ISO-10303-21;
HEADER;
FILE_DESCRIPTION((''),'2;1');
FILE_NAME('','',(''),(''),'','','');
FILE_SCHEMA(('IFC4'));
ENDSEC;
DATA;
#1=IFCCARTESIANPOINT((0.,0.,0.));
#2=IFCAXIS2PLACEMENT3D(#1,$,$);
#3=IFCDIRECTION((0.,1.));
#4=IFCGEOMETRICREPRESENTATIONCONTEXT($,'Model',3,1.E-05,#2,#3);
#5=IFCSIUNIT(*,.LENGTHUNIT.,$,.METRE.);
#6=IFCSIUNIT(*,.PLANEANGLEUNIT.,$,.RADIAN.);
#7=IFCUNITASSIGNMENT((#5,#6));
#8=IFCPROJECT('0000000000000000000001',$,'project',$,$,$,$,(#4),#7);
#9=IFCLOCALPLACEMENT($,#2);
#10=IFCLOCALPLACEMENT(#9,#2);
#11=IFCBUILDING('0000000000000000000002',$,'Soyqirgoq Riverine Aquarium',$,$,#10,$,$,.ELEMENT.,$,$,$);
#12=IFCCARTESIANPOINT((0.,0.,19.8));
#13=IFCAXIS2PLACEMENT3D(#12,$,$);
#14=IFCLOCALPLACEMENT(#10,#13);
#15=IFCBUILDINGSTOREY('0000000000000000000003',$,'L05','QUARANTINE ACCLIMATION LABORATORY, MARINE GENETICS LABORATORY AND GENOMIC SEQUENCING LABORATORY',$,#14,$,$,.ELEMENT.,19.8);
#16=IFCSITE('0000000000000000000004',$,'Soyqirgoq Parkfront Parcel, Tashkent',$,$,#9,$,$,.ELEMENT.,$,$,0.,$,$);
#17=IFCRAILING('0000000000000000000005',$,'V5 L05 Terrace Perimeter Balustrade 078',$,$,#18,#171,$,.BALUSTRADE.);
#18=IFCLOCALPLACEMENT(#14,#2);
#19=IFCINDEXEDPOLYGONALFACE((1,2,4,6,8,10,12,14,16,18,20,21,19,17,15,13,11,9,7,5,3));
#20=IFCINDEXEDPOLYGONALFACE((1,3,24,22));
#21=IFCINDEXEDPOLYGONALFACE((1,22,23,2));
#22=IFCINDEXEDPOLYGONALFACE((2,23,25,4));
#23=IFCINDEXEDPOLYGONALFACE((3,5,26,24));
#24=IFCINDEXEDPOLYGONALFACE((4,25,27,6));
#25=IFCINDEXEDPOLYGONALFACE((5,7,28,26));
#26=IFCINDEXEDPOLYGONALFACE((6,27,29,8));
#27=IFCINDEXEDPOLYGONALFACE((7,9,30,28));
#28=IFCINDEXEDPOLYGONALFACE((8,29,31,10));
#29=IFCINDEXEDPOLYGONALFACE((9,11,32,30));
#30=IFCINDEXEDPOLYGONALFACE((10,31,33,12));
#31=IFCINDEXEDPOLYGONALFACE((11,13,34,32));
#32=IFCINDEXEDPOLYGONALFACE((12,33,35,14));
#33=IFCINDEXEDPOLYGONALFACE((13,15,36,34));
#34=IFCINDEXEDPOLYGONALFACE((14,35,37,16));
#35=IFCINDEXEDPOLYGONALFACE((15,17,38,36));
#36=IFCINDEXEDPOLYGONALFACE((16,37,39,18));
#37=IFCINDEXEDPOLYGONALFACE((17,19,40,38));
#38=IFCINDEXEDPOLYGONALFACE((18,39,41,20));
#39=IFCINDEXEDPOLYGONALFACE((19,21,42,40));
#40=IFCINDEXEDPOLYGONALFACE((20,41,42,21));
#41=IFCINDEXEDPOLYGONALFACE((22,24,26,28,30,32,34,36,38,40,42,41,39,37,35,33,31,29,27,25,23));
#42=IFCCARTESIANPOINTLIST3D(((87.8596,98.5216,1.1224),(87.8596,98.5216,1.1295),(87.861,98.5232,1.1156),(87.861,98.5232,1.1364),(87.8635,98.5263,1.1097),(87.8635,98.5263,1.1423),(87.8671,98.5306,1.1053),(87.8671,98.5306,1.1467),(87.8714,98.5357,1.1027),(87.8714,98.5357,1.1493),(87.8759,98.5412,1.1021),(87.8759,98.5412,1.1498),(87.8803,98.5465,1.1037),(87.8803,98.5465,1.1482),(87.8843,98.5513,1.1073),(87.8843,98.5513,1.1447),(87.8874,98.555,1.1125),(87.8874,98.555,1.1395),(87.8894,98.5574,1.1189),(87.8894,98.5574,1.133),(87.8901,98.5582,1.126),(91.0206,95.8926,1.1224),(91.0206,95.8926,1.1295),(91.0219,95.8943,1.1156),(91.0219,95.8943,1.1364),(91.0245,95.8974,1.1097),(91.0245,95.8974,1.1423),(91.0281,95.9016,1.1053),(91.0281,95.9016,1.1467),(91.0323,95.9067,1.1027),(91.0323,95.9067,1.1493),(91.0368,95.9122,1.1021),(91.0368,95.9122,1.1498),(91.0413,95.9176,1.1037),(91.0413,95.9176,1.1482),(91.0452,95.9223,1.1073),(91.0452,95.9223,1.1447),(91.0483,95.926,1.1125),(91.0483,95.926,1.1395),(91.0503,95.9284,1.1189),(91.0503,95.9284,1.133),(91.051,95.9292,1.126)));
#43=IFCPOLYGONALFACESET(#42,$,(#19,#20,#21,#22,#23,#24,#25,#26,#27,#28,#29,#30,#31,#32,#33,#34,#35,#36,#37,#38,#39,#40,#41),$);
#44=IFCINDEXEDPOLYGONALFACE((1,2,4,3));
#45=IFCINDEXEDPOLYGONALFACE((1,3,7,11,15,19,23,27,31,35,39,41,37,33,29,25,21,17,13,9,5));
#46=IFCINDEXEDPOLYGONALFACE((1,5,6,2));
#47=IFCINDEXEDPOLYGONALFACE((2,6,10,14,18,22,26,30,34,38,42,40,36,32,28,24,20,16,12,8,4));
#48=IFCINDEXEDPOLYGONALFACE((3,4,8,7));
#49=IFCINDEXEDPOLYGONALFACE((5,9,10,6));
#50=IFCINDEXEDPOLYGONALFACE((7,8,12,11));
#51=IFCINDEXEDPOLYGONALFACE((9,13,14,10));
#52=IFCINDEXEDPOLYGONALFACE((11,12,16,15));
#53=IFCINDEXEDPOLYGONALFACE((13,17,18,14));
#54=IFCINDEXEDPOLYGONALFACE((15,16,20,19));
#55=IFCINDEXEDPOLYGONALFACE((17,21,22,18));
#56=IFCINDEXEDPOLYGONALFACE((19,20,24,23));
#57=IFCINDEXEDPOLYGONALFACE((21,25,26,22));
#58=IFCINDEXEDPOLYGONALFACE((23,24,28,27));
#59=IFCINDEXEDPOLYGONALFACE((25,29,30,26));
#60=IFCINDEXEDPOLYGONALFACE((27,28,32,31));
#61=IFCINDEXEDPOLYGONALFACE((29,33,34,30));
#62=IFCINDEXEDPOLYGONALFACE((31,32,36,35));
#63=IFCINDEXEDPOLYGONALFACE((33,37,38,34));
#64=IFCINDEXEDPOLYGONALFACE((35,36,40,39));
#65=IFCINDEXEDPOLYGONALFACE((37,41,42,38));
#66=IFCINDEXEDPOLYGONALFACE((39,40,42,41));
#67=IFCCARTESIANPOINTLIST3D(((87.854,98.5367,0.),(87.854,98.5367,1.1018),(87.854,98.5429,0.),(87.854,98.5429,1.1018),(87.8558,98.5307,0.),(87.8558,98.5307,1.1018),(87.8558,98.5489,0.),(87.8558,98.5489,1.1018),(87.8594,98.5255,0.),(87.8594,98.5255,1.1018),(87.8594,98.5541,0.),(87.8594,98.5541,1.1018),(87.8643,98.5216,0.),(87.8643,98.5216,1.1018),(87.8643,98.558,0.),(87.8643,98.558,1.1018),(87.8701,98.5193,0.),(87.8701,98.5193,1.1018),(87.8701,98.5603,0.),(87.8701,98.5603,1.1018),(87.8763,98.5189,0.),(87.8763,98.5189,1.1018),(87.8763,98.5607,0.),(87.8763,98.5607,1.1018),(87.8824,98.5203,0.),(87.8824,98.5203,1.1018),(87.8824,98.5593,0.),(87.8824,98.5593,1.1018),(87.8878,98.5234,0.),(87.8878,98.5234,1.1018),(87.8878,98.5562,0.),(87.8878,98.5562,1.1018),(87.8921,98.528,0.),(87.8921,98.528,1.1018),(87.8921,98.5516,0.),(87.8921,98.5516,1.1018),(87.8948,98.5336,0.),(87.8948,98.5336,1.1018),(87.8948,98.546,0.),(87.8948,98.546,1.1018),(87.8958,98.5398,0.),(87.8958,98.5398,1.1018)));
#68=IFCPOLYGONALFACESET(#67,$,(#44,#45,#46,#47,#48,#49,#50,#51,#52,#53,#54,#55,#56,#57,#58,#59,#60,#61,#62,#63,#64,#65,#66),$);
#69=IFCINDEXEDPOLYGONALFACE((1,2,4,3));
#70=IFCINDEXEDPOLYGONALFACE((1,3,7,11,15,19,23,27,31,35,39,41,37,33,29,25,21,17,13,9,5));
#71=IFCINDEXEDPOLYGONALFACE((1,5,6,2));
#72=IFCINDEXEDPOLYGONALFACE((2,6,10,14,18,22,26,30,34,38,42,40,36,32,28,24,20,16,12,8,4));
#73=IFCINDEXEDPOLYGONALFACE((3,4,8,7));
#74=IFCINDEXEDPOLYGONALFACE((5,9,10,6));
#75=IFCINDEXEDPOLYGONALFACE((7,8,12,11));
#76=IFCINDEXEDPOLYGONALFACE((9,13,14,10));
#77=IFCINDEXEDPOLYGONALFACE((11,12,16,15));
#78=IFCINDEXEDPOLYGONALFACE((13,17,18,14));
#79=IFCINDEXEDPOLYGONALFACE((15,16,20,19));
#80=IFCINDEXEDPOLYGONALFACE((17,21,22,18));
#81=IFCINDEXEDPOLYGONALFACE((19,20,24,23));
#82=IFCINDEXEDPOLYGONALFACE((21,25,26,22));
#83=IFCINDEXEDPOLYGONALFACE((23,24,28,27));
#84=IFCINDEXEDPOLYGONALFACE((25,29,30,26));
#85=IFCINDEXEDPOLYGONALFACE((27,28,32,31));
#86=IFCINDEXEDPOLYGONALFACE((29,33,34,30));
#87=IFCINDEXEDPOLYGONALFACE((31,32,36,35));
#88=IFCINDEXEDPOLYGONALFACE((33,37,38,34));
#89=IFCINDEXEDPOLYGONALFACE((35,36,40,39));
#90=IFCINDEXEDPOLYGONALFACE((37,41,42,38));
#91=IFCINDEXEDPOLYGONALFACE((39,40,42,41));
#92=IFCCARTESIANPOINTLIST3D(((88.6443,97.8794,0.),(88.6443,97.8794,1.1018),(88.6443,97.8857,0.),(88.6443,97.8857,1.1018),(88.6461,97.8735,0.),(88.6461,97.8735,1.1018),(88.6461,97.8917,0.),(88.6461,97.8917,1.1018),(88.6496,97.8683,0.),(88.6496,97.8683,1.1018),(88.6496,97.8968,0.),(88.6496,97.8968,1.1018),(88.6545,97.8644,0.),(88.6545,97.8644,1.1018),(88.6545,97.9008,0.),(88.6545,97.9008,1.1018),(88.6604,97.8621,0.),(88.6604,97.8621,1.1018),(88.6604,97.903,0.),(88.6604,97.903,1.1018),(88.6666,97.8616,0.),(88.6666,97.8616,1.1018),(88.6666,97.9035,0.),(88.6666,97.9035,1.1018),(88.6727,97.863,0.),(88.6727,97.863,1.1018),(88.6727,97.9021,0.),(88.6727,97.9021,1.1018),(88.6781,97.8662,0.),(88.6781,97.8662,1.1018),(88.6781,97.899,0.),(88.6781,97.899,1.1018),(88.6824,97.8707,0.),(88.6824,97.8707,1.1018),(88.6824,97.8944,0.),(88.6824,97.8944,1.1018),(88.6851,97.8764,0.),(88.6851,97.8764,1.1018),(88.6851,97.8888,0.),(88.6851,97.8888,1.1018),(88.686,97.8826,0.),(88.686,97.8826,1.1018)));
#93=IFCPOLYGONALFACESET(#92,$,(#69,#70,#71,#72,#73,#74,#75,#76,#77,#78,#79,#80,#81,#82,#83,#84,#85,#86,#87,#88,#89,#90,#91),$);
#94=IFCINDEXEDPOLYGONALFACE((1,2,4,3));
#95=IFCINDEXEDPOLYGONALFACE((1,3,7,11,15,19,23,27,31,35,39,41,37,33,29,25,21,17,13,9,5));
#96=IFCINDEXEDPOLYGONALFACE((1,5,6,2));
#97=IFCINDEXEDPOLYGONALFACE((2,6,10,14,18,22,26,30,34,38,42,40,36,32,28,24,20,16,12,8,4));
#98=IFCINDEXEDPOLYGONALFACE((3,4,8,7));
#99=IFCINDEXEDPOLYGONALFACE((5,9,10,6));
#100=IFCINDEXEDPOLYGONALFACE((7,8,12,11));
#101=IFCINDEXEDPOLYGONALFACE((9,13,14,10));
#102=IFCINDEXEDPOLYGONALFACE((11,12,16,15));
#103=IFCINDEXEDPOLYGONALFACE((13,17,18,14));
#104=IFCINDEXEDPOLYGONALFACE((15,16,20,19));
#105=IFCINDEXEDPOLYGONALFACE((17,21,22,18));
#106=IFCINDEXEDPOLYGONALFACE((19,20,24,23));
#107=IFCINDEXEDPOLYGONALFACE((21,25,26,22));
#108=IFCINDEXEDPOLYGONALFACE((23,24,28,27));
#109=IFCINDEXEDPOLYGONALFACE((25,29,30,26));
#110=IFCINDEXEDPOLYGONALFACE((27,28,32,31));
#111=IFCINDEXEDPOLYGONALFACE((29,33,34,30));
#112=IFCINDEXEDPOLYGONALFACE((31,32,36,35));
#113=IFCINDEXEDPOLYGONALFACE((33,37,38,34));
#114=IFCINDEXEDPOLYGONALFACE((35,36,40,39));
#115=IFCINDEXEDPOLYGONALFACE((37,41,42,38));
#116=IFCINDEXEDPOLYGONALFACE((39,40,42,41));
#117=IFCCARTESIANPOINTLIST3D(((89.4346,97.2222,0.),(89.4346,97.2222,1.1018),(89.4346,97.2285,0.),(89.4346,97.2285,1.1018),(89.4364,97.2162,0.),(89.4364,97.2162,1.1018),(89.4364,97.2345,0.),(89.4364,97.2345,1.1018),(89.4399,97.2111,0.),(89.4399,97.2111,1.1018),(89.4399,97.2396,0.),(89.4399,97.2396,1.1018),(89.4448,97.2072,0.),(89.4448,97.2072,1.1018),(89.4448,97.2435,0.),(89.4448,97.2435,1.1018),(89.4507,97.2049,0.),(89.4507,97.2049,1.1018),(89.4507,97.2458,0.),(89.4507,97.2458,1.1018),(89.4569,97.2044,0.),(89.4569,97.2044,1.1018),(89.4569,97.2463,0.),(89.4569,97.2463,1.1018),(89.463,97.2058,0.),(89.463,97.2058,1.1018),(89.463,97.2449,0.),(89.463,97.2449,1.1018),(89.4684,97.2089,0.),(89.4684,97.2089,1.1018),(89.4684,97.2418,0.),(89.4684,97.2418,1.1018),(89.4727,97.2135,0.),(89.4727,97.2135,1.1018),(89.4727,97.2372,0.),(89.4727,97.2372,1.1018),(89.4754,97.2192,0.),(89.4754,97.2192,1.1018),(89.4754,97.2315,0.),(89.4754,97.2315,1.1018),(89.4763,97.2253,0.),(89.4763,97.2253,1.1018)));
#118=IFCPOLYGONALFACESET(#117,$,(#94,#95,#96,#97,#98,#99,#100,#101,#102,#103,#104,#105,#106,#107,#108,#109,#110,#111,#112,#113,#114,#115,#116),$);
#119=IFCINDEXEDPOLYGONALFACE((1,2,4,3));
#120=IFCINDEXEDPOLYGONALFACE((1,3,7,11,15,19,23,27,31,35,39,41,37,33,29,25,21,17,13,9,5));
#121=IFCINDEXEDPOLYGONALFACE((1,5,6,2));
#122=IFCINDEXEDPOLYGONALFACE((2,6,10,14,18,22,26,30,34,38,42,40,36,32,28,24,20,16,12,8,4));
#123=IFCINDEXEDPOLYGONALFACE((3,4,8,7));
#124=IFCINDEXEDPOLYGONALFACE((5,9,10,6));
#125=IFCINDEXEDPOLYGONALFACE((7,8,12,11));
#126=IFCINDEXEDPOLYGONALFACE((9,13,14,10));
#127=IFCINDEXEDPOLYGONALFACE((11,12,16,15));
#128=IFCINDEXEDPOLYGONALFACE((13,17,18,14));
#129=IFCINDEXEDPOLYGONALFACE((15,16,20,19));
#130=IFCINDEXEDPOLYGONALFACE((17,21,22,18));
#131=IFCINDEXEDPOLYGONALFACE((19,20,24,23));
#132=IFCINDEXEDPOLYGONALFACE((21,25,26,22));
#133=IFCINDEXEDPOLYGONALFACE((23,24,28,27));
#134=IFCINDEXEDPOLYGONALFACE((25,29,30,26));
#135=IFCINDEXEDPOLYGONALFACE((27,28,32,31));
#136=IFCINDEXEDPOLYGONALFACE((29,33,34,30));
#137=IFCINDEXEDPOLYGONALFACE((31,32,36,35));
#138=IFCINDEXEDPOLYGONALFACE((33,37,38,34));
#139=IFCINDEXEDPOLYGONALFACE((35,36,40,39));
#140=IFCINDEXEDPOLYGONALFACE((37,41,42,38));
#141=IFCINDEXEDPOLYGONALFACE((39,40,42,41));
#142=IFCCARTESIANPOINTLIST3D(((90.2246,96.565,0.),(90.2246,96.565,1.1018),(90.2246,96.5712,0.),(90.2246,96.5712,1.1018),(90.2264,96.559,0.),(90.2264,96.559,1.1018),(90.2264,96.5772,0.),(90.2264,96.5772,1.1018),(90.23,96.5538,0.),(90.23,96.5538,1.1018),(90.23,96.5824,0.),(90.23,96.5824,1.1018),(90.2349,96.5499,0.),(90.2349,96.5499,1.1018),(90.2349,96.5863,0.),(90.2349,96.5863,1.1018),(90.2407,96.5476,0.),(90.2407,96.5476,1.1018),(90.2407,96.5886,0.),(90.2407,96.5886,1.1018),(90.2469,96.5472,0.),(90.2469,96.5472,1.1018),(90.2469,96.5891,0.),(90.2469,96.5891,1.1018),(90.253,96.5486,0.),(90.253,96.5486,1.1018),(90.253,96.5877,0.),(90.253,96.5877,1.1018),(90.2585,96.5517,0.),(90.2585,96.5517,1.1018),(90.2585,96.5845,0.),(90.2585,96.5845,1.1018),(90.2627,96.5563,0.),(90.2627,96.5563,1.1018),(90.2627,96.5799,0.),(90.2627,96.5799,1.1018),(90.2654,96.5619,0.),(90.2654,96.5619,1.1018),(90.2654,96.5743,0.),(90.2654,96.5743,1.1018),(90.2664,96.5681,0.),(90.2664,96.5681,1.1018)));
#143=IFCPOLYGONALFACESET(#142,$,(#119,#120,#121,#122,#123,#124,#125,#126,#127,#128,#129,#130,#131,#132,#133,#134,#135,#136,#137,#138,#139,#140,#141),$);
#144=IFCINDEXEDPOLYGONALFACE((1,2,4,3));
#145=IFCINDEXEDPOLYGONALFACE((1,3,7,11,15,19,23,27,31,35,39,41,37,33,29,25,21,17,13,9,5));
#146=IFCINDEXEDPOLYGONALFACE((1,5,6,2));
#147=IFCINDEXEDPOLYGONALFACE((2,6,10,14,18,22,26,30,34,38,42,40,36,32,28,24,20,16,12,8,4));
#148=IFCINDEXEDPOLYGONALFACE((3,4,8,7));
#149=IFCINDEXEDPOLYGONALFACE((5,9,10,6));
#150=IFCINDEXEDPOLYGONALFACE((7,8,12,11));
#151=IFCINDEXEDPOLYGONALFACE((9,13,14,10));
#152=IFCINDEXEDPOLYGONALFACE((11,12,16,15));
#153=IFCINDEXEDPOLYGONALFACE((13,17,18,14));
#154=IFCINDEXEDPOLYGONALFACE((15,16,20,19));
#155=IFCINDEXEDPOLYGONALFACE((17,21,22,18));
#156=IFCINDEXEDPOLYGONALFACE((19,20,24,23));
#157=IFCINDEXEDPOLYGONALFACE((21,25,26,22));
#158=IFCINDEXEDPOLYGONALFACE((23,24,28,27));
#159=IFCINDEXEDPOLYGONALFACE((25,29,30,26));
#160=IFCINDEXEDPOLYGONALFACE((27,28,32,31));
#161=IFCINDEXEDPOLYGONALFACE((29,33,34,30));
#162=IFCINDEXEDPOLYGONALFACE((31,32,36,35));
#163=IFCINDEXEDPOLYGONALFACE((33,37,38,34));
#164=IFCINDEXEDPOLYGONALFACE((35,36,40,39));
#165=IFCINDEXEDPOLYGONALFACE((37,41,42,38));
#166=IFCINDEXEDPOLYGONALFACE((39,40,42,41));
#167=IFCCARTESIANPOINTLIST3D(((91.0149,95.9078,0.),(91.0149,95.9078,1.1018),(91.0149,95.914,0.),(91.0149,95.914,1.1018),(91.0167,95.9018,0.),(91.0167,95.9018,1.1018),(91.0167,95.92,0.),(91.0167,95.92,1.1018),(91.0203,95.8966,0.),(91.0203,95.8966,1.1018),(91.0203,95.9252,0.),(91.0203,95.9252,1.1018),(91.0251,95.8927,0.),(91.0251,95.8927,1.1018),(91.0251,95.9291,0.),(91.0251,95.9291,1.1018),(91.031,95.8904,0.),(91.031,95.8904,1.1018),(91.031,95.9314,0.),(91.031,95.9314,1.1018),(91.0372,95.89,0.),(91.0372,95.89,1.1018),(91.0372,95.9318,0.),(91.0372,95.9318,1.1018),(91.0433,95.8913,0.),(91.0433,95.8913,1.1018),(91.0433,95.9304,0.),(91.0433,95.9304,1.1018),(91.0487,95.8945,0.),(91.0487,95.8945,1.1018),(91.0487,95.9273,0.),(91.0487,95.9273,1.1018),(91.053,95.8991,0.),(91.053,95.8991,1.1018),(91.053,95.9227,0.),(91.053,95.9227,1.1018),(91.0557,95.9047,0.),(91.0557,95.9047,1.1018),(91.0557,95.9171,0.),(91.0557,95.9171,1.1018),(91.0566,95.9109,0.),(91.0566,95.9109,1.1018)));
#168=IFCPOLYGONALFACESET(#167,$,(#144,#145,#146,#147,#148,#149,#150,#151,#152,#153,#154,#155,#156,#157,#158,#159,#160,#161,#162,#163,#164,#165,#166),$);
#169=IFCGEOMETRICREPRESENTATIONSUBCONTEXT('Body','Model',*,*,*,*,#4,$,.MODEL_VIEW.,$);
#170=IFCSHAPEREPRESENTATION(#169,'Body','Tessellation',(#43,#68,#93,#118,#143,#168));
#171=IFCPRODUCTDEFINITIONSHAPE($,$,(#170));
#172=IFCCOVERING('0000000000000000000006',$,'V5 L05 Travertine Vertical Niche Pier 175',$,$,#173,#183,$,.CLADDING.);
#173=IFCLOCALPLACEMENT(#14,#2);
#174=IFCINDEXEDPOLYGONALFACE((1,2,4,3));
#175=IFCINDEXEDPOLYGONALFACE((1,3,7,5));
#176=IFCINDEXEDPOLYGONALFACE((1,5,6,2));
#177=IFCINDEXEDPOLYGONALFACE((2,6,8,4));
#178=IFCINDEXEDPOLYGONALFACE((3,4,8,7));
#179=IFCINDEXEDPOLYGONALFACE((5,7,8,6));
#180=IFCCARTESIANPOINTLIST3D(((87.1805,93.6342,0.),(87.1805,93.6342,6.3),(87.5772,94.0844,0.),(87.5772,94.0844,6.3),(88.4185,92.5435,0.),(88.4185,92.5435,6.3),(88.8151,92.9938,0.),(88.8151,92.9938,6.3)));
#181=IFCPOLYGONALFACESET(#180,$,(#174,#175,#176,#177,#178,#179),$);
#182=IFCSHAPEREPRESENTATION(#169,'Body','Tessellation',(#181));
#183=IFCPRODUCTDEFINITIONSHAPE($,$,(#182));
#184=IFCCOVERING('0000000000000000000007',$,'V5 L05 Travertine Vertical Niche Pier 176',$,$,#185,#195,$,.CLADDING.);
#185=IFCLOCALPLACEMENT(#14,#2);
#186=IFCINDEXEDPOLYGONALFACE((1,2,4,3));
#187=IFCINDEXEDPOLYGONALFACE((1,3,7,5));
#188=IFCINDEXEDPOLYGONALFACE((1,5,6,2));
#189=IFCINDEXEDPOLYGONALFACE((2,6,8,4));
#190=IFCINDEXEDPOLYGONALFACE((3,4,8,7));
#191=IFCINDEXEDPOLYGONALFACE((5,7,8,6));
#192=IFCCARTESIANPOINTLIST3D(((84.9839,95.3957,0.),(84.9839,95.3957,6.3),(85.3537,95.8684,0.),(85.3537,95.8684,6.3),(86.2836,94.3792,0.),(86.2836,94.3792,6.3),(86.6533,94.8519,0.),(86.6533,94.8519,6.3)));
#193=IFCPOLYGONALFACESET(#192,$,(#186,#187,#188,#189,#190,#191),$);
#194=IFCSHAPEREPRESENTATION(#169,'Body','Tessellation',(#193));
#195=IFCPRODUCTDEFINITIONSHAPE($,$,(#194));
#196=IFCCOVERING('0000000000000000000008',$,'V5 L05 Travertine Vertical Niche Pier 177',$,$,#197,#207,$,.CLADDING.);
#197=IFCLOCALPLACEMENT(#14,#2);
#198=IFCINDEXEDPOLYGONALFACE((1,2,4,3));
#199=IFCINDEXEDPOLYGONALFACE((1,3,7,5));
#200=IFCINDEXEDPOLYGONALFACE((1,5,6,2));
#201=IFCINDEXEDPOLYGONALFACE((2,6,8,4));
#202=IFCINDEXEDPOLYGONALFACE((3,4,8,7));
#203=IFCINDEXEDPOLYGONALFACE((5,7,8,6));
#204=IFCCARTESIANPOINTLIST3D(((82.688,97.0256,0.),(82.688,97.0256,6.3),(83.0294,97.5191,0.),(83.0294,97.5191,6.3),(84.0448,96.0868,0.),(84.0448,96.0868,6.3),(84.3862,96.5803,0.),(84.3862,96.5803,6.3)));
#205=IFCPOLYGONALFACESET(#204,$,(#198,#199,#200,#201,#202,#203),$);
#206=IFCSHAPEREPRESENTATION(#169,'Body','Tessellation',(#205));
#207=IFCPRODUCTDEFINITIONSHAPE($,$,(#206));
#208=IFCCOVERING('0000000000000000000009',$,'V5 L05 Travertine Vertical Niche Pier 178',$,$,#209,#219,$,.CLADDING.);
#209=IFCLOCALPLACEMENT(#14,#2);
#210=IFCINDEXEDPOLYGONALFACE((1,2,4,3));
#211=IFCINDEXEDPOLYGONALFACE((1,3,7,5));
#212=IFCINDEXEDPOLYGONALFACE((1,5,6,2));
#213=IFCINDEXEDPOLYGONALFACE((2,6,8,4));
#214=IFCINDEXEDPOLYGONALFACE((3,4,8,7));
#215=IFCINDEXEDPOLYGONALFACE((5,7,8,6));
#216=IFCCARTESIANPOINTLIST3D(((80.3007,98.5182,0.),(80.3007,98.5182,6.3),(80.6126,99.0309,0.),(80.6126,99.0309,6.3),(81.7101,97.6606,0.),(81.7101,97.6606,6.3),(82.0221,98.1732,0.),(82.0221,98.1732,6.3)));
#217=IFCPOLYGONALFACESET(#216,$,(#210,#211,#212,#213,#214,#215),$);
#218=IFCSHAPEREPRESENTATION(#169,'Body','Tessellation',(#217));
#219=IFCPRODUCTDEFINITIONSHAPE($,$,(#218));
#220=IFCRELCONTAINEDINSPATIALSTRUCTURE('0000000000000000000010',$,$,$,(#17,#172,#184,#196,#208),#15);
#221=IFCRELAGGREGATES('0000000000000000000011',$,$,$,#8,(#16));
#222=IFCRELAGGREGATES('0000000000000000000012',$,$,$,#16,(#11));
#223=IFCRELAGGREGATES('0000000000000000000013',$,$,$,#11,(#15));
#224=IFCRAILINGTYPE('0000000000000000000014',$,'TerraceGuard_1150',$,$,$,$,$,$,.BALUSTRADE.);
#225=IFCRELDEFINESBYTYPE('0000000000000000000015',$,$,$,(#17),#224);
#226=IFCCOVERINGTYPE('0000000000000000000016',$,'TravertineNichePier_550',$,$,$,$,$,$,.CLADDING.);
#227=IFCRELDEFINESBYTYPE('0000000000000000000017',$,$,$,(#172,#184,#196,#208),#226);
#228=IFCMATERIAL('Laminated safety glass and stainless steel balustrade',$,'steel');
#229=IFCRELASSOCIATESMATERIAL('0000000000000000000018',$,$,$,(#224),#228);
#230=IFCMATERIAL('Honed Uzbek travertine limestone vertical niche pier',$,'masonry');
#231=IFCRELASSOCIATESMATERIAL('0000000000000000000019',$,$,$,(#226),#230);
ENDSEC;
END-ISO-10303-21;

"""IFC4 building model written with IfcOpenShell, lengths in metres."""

from ifc_helpers import new_model, si_unit, direction, frame, origin, origin_2d, place, context, subcontext, project, spatial, rectangle, circle, extrude, material, type_object, element, save


model = new_model("IFC4")

# Units and contexts
model_context = context("Model", 3, precision=1e-05, world=origin(), true_north=direction((0.0, 1.0)))
body_context = subcontext(model_context, "Body", "Model", "MODEL_VIEW")
ifc_project = project(units=[si_unit("LENGTHUNIT", "METRE"), si_unit("PLANEANGLEUNIT", "RADIAN")], contexts=[model_context])

# Site, building, storey
site_placement = place(None, origin())
site = spatial("IfcSite", under=ifc_project, at=site_placement, Name="Soyqirgoq Parkfront Parcel, Tashkent", CompositionType="ELEMENT", RefElevation=0.0)
building_placement = place(site_placement, origin())
building = spatial("IfcBuilding", under=site, at=building_placement, Name="Soyqirgoq Riverine Aquarium", CompositionType="ELEMENT")
storey_placement = place(building_placement, frame((0.0, 0.0, 19.8)))
storey = spatial("IfcBuildingStorey", under=building, at=storey_placement, Name="L05", Description="QUARANTINE ACCLIMATION LABORATORY, MARINE GENETICS LABORATORY AND GENOMIC SEQUENCING LABORATORY", CompositionType="ELEMENT", Elevation=19.8)

# Railing
ifc_material_1 = material(Name="Laminated safety glass and stainless steel balustrade", Category="steel")
railing_type = type_object("IfcRailingType", Name="TerraceGuard_1150", PredefinedType="BALUSTRADE", material=ifc_material_1)
railing_1_placement = place(storey_placement, frame((87.8748, 98.5398, 0.0)))
element("IfcRailing", 1, at=railing_1_placement, inside=storey, type_object=railing_type, Name="V5 L05 Terrace Perimeter Balustrade 078", PredefinedType="BALUSTRADE", context=body_context, shape_type="SweptSolid", body=[
    extrude(circle(Radius=0.0239, at=origin_2d()), frame((0.0, 0.0, 1.126), z_axis=(0.768839, -0.639442, 0.0), x_axis=(0.639442, 0.768839, 0.0)), (0.0, 0.0, 1.0), 4.1113),
    extrude(circle(Radius=0.021, at=origin_2d()), origin(), (0.0, 0.0, 1.0), 1.1018),
    extrude(circle(Radius=0.021, at=origin_2d()), frame((0.7903, -0.6572, 0.0)), (0.0, 0.0, 1.0), 1.1018),
    extrude(circle(Radius=0.021, at=origin_2d()), frame((1.5806, -1.3145, 0.0)), (0.0, 0.0, 1.0), 1.1018),
    extrude(circle(Radius=0.021, at=origin_2d()), frame((2.3706, -1.9717, 0.0)), (0.0, 0.0, 1.0), 1.1018),
    extrude(circle(Radius=0.021, at=origin_2d()), frame((3.1609, -2.6289, 0.0)), (0.0, 0.0, 1.0), 1.1018),
])

# Coverings
ifc_material_2 = material(Name="Honed Uzbek travertine limestone vertical niche pier", Category="masonry")
covering_type = type_object("IfcCoveringType", Name="TravertineNichePier_550", PredefinedType="CLADDING", material=ifc_material_2)
for number, where, z_axis, x_axis, name in (
    (2, (87.9978, 93.314, 0.0), (0.0, 0.0, 1.0), (0.66105, 0.750342, 0.0), "V5 L05 Travertine Vertical Niche Pier 175"),
    (3, (85.8186, 95.1238, 0.0), (0.0, 0.0, 1.0), (0.616074, 0.787688, 0.0), "V5 L05 Travertine Vertical Niche Pier 176"),
    (4, (83.5371, 96.803, 0.0), (0.0, 0.0, 1.0), (0.568993, 0.822343, 0.0), "V5 L05 Travertine Vertical Niche Pier 177"),
    (5, (81.1614, 98.3457, 0.0), (0.0, 0.0, 1.0), (0.519817, 0.854277, 0.0), "V5 L05 Travertine Vertical Niche Pier 178"),
):
    element("IfcCovering", number, at=place(storey_placement, frame(where, z_axis=z_axis, x_axis=x_axis)), inside=storey, type_object=covering_type, Name=name, PredefinedType="CLADDING", context=body_context, shape_type="SweptSolid", body=[
        extrude(rectangle(XDim=0.6001, YDim=1.6499, at=origin_2d()), origin(), (0.0, 0.0, 1.0), 6.3),
    ])

save(model, "model.ifc")
